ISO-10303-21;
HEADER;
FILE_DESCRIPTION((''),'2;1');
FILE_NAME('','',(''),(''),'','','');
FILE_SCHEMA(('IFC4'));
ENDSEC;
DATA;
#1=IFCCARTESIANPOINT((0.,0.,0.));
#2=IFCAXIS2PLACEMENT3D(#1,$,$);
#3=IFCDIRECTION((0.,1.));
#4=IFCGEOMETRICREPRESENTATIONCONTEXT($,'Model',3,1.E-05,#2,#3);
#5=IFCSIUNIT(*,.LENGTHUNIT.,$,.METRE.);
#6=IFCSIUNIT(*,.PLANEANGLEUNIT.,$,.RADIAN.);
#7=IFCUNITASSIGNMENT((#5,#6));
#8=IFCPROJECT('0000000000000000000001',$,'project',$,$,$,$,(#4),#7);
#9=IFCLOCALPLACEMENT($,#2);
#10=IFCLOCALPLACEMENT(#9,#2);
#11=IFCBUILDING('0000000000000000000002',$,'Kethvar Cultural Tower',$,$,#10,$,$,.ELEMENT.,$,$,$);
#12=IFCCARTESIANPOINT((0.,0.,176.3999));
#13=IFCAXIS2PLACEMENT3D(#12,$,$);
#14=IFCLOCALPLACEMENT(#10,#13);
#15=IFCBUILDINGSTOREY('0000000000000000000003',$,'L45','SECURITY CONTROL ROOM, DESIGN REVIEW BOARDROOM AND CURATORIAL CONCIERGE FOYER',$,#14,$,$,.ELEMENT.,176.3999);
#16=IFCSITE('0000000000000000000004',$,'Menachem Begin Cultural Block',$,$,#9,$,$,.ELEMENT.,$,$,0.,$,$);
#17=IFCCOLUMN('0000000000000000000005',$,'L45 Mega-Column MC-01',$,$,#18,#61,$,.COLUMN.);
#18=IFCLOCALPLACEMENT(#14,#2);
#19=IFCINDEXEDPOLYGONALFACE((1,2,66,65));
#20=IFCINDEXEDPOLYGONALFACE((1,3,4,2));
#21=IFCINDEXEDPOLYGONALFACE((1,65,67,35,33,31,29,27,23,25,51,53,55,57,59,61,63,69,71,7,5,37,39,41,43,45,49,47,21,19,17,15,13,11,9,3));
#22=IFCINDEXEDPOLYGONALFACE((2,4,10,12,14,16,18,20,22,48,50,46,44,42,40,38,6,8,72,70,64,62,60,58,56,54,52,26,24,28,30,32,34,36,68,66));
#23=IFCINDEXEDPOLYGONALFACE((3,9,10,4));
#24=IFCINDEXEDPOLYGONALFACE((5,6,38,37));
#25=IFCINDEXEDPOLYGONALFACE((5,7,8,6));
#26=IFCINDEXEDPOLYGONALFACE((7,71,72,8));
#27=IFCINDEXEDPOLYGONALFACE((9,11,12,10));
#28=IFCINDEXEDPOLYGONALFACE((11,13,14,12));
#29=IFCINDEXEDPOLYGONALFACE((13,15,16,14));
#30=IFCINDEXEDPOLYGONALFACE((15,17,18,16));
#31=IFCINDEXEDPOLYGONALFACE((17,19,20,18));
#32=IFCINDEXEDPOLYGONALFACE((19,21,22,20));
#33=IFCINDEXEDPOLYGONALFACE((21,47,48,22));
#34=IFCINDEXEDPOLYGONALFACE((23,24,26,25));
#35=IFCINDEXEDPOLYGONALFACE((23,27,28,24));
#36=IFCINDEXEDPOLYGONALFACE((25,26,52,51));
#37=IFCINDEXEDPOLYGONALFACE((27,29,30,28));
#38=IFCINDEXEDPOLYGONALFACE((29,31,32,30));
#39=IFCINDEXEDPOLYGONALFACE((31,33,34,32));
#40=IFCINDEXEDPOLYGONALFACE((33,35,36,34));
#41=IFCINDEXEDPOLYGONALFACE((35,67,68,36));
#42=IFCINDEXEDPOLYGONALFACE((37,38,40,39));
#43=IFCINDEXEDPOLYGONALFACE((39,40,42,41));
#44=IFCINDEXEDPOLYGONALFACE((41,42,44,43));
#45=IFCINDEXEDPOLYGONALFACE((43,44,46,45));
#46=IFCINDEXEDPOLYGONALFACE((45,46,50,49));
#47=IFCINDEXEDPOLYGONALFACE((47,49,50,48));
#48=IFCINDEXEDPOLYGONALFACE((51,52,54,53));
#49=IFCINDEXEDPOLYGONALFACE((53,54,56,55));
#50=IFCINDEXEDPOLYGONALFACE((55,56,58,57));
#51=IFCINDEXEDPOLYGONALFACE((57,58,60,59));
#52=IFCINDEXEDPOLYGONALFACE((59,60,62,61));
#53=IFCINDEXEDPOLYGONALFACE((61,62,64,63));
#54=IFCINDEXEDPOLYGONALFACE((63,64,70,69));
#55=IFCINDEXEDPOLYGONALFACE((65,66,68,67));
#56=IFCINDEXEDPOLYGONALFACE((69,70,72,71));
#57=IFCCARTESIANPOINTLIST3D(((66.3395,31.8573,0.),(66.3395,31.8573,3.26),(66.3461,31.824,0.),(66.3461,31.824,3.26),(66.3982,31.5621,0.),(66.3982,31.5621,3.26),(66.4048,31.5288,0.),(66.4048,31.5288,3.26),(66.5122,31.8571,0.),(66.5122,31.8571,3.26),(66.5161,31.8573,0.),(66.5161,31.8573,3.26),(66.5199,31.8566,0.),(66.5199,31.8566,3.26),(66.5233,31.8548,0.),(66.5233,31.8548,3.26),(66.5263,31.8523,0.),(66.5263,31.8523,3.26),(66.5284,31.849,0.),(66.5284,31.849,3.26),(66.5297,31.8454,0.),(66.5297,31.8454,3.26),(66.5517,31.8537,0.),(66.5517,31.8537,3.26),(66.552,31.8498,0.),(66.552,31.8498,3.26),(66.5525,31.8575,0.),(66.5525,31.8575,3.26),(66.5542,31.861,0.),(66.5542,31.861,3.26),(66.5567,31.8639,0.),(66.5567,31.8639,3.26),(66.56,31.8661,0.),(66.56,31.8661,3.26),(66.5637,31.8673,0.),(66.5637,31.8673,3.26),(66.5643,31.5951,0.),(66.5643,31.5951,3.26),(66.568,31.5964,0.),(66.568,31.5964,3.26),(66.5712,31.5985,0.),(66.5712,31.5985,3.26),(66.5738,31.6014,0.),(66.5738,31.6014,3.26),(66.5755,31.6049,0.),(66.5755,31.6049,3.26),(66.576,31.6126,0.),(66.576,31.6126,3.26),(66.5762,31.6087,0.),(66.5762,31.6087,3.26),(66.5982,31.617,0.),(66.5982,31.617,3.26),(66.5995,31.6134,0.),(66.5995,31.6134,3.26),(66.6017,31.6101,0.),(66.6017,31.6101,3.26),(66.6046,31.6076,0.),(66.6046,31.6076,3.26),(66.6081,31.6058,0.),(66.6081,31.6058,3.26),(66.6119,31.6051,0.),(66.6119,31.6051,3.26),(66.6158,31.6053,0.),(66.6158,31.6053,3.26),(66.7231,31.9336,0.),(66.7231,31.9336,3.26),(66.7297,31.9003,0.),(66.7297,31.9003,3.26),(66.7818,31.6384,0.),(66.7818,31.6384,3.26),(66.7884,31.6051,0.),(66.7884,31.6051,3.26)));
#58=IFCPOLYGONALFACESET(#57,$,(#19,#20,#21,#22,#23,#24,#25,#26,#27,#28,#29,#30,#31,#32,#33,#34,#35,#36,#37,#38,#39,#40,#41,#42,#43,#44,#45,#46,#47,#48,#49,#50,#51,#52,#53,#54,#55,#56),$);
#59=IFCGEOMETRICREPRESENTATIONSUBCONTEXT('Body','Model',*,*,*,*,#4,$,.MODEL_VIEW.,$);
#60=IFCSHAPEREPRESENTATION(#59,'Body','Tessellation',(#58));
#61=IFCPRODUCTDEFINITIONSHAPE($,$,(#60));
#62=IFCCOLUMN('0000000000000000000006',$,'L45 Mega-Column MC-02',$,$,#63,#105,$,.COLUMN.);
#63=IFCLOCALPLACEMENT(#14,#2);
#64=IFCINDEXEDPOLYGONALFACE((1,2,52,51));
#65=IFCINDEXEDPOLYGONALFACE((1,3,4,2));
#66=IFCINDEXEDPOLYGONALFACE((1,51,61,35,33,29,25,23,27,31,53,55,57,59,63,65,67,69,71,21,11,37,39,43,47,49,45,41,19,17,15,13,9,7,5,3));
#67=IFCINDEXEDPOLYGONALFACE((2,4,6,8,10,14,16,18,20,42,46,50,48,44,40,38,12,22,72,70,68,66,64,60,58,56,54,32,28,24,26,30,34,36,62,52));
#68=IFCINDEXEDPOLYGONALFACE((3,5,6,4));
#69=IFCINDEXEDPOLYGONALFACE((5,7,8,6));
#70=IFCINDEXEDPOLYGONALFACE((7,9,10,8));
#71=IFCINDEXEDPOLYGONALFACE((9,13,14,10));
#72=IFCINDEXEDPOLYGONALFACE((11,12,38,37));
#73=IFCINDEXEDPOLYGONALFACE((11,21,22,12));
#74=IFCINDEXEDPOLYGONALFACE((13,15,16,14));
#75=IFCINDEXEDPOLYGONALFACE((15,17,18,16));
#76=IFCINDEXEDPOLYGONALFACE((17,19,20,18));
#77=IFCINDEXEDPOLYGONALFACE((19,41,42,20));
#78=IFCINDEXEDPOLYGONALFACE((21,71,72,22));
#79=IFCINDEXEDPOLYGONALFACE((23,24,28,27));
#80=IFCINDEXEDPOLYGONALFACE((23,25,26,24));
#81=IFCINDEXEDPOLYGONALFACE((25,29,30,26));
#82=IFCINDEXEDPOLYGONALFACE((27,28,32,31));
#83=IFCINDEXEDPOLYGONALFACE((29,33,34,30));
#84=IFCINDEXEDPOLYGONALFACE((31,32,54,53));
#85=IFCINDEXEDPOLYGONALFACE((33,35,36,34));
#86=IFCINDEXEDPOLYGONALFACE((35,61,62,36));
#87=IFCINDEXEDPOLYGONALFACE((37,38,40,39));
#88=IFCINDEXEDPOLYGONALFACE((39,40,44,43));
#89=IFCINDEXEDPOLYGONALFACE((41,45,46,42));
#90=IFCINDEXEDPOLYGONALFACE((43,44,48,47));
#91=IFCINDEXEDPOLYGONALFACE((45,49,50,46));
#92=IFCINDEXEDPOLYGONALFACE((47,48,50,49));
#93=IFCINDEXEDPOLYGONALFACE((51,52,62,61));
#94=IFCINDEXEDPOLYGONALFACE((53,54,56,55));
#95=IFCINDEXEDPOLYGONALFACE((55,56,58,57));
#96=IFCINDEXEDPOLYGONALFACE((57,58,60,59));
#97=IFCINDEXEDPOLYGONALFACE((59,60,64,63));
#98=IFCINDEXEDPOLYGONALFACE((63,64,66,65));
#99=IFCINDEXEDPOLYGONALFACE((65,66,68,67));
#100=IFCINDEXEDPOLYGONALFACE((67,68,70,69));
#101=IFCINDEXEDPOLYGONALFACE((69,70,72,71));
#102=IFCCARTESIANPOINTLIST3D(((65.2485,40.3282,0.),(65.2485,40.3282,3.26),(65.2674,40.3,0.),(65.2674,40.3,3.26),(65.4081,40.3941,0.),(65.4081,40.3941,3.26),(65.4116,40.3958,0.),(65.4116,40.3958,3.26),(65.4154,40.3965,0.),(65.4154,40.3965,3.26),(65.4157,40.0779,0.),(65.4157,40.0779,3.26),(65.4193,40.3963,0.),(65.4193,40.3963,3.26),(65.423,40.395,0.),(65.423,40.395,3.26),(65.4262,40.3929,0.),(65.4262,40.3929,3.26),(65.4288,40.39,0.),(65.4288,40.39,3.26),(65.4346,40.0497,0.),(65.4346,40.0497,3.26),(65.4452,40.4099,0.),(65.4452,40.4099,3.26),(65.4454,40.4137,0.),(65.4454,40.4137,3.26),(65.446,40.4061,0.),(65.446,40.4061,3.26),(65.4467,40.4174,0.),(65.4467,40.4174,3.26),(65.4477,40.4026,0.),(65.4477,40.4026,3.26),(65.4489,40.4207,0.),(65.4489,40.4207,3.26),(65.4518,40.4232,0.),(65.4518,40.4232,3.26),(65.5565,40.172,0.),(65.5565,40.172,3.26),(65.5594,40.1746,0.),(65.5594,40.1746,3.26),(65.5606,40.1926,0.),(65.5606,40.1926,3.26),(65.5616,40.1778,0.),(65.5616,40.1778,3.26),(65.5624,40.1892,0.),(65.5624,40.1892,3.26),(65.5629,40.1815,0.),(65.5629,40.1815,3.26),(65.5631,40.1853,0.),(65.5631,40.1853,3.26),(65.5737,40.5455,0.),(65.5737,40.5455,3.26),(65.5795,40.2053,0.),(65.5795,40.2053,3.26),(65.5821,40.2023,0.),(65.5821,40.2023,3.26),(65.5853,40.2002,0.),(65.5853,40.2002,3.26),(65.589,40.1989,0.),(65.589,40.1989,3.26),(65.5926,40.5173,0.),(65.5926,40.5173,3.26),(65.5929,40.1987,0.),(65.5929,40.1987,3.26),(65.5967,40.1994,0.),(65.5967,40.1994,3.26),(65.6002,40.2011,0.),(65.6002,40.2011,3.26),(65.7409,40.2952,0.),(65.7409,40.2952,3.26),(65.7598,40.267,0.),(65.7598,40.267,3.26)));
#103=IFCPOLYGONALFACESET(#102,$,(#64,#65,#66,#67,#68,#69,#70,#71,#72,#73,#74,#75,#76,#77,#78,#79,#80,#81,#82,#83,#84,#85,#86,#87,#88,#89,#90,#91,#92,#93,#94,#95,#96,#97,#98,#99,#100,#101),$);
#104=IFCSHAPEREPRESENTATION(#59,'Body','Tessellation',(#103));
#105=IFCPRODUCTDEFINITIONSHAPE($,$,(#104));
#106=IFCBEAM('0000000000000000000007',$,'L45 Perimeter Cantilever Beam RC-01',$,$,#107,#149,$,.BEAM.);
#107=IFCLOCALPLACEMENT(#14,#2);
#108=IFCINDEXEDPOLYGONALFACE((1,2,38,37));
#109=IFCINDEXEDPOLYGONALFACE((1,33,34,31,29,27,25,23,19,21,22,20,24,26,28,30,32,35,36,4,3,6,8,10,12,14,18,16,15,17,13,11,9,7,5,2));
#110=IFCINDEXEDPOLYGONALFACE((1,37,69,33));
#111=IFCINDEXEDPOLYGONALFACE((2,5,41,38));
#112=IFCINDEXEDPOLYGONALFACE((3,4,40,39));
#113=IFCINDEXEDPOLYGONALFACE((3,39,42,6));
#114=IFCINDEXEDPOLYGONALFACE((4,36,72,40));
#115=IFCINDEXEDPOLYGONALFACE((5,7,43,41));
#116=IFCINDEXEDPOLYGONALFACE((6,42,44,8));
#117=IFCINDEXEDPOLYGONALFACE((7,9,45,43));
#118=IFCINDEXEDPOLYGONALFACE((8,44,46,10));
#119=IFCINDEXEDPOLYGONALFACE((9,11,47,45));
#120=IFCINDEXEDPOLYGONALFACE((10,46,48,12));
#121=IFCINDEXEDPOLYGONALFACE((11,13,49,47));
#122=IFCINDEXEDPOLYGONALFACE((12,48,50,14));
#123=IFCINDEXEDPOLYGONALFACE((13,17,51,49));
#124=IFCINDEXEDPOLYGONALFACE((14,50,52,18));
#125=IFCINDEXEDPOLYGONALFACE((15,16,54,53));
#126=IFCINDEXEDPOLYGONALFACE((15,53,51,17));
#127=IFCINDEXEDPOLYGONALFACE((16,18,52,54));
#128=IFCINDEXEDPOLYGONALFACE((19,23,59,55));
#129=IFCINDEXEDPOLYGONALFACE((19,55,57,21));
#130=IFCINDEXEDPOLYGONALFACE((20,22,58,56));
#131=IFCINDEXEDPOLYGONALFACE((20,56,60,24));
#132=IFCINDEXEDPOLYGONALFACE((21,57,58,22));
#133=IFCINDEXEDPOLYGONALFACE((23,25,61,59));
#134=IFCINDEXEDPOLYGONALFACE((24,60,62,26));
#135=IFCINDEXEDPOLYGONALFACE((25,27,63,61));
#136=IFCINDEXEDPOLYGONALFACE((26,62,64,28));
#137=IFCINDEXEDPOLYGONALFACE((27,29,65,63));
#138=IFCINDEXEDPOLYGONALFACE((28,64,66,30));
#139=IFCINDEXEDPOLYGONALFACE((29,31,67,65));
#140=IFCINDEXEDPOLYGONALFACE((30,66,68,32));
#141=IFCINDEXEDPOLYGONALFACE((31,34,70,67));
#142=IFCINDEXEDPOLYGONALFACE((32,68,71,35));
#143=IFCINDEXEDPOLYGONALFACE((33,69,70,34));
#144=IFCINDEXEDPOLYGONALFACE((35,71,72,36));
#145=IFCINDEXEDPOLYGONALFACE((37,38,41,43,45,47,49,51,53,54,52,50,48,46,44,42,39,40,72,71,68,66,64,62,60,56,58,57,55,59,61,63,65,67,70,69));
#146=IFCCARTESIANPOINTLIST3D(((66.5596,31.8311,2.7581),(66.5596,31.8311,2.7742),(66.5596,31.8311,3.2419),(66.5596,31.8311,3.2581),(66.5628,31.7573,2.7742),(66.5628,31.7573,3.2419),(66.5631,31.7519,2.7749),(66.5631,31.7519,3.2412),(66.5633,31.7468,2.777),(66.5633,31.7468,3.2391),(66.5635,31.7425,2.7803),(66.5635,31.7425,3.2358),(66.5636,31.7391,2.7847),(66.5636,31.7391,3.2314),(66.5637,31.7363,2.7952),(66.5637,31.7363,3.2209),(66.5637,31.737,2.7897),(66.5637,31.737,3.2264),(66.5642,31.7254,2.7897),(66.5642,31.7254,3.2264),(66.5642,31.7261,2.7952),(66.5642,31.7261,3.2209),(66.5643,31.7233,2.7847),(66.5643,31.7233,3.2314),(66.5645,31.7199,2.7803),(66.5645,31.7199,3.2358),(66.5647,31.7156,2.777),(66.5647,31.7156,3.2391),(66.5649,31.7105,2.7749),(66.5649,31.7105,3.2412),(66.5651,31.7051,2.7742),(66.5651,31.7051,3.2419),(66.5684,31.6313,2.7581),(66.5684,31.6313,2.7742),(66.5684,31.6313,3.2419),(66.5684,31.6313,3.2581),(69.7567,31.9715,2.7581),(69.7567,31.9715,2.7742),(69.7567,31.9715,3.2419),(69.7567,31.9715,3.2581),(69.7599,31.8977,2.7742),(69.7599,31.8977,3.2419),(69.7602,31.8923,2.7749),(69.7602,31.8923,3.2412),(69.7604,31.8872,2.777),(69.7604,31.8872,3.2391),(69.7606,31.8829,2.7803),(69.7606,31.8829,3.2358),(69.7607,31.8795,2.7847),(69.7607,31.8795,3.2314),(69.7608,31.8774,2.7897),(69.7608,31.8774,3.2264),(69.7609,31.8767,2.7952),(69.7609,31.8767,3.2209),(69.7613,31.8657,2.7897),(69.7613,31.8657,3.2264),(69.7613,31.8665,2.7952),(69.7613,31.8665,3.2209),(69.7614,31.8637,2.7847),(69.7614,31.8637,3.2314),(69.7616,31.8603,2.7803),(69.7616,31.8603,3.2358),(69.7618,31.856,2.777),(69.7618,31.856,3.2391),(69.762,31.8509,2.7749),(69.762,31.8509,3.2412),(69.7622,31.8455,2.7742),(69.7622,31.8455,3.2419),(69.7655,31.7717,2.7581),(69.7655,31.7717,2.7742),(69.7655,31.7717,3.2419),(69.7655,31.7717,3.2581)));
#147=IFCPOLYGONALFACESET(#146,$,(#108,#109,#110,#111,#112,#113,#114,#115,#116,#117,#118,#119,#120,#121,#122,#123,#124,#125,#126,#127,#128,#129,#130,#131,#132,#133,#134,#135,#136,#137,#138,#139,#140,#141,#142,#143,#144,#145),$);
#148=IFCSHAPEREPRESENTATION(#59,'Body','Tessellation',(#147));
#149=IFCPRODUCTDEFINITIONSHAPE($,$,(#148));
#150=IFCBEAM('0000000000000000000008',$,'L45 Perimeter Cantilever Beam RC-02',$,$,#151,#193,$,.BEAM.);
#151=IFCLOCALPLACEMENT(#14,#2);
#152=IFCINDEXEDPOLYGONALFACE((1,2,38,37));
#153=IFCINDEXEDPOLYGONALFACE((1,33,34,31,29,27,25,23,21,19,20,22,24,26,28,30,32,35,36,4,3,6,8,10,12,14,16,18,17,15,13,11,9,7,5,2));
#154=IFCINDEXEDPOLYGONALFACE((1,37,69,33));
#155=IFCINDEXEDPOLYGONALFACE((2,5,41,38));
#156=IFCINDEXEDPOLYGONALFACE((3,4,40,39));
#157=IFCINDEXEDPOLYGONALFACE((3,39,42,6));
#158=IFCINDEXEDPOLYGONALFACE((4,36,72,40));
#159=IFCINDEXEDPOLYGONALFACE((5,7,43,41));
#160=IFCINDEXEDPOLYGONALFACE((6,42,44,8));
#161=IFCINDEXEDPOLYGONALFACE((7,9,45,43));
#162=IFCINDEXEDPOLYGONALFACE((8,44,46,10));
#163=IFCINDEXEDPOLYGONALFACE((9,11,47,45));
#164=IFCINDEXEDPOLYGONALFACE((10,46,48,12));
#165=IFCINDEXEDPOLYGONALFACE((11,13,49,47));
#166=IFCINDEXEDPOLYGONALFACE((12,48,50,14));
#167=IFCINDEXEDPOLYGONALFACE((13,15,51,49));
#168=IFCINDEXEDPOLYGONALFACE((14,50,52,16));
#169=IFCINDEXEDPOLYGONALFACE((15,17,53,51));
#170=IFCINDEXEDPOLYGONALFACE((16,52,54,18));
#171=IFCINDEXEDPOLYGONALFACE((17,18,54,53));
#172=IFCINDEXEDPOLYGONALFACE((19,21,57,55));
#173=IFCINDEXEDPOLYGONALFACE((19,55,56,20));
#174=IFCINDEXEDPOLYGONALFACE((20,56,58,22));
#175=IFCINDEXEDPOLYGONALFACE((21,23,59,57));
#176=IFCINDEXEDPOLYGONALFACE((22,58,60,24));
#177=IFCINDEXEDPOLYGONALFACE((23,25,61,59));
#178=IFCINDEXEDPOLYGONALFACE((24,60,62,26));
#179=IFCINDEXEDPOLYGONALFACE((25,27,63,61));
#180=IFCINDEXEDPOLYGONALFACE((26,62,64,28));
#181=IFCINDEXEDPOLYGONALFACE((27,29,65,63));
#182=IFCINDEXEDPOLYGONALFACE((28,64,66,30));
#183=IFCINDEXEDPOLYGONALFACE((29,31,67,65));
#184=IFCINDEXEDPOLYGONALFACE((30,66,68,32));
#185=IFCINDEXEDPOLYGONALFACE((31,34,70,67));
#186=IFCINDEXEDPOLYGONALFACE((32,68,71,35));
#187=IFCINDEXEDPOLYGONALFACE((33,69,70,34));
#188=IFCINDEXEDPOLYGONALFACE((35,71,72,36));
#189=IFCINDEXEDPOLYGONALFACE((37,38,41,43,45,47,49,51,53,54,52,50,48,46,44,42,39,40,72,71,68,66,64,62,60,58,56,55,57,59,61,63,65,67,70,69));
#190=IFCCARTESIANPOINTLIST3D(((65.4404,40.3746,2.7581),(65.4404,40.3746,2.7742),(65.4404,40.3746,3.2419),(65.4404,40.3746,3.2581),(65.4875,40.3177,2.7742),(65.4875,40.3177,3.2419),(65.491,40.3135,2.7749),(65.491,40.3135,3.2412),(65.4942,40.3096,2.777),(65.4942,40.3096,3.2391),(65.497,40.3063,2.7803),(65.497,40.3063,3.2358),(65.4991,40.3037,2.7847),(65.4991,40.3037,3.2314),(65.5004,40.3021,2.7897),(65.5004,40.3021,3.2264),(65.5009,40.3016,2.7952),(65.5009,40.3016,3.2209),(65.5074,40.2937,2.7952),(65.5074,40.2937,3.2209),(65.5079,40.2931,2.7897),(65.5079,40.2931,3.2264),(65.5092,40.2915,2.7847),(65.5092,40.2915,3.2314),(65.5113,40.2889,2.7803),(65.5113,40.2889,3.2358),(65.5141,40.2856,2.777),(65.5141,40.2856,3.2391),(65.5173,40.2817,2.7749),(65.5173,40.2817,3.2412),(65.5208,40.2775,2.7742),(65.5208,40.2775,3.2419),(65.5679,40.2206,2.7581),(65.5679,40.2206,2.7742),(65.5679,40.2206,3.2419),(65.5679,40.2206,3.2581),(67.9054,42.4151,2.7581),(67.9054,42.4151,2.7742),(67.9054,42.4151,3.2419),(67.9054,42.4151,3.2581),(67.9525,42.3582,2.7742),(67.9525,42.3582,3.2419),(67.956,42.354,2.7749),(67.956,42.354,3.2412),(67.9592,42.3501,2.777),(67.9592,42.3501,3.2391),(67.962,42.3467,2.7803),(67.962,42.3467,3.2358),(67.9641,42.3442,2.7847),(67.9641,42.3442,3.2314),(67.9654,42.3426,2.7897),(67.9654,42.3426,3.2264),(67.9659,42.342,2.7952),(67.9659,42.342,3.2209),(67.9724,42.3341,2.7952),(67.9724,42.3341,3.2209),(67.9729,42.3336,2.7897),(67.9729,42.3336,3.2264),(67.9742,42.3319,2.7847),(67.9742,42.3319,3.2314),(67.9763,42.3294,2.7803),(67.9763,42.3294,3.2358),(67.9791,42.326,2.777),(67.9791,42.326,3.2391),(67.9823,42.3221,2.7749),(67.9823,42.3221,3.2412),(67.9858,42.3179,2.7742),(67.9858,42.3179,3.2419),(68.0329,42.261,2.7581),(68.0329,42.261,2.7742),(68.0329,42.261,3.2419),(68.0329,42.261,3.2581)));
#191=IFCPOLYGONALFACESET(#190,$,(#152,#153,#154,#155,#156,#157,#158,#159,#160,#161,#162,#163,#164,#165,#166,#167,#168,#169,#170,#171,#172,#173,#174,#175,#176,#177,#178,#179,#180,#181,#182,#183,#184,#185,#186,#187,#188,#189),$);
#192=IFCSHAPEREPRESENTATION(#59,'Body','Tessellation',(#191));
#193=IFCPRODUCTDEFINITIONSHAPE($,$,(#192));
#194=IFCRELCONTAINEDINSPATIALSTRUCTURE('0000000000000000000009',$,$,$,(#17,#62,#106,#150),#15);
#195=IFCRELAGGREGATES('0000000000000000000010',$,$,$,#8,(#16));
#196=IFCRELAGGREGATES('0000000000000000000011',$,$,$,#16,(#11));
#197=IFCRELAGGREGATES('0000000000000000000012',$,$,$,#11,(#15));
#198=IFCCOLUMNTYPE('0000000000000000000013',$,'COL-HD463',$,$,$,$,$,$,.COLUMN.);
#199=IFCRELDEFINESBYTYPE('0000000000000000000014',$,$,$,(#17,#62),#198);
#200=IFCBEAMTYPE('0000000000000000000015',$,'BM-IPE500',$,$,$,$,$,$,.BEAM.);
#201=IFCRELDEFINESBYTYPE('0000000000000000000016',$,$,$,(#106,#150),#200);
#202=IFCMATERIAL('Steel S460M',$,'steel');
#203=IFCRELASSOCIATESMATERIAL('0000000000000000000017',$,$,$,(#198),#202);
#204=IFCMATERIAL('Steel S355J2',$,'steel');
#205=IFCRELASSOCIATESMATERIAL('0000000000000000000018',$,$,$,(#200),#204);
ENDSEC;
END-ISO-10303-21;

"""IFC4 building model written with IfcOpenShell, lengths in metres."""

from ifc_helpers import new_model, si_unit, direction, frame, origin, origin_2d, place, context, subcontext, project, spatial, i_section, extrude, source, transform, mapped, material, material_profile, profile_set, type_object, element, save


model = new_model("IFC4")

# Units and contexts
model_context = context("Model", 3, precision=1e-05, world=origin(), true_north=direction((0.0, 1.0)))
body_context = subcontext(model_context, "Body", "Model", "MODEL_VIEW")
ifc_project = project(units=[si_unit("LENGTHUNIT", "METRE"), si_unit("PLANEANGLEUNIT", "RADIAN")], contexts=[model_context])

# Site, building, storey
site_placement = place(None, origin())
site = spatial("IfcSite", under=ifc_project, at=site_placement, Name="Menachem Begin Cultural Block", CompositionType="ELEMENT", RefElevation=0.0)
building_placement = place(site_placement, origin())
building = spatial("IfcBuilding", under=site, at=building_placement, Name="Kethvar Cultural Tower", CompositionType="ELEMENT")
storey_placement = place(building_placement, frame((0.0, 0.0, 176.3999)))
storey = spatial("IfcBuildingStorey", under=building, at=storey_placement, Name="L45", Description="SECURITY CONTROL ROOM, DESIGN REVIEW BOARDROOM AND CURATORIAL CONCIERGE FOYER", CompositionType="ELEMENT", Elevation=176.3999)

# Columns
ifc_material_1 = material(Name="Steel S460M", Category="steel")
ifc_material_profile_1 = material_profile(ifc_material_1, i_section(OverallWidth=0.3911, OverallDepth=0.335, WebThickness=0.0227, FlangeThickness=0.0339, FilletRadius=0.0149, at=origin_2d()), Name="Steel S460M — HD400x463")
ifc_profile_set_1 = profile_set([ifc_material_profile_1], Name="Steel S460M — HD400x463")
column_type = type_object("IfcColumnType", Name="COL-HD463", PredefinedType="COLUMN", material=ifc_profile_set_1)
shared_shape_1 = source(origin(), body_context, "Body", "SweptSolid", [
    extrude(i_section(OverallWidth=0.3911, OverallDepth=0.335, WebThickness=0.0227, FlangeThickness=0.0339, FilletRadius=0.0149, at=origin_2d()), origin(), (0.0, 0.0, 1.0), 3.26),
])
for number, where, z_axis, x_axis, name in (
    (1, (66.564, 31.7312, 0.0), (0.0, 0.0, 1.0), (0.980785, 0.19509, 0.0), "L45 Mega-Column MC-01"),
    (2, (65.5042, 40.2976, 0.0), (0.0, 0.0, 1.0), (0.83147, 0.55557, 0.0), "L45 Mega-Column MC-02"),
):
    element("IfcColumn", number, at=place(storey_placement, frame(where, z_axis=z_axis, x_axis=x_axis)), inside=storey, type_object=column_type, Name=name, PredefinedType="COLUMN", context=body_context, shape_type="MappedRepresentation", body=[
        mapped(shared_shape_1, transform((0.0, 0.0, 0.0), scale=1.0)),
    ])

# Beams
ifc_material_2 = material(Name="Steel S355J2", Category="steel")
ifc_material_profile_2 = material_profile(ifc_material_2, i_section(OverallWidth=0.2, OverallDepth=0.5, WebThickness=0.0103, FlangeThickness=0.0161, FilletRadius=0.021, at=origin_2d()), Name="Steel S355J2 — IPE500")
ifc_profile_set_2 = profile_set([ifc_material_profile_2], Name="Steel S355J2 — IPE500")
beam_type_1 = type_object("IfcBeamType", Name="BM-IPE500", PredefinedType="BEAM", material=ifc_profile_set_2)
shared_shape_2 = source(origin(), body_context, "Body", "SweptSolid", [
    extrude(i_section(OverallWidth=0.2, OverallDepth=0.5, WebThickness=0.0103, FlangeThickness=0.0161, FilletRadius=0.021, at=origin_2d()), origin(), (0.0, 0.0, 1.0), 3.2002),
])
beam_1_placement = place(storey_placement, frame((66.564, 31.7312, 3.0081), z_axis=(0.999037, 0.043868, 0.0), x_axis=(-0.043868, 0.999037, 0.0)))
element("IfcBeam", 3, at=beam_1_placement, inside=storey, type_object=beam_type_1, Name="L45 Perimeter Cantilever Beam RC-01", PredefinedType="BEAM", context=body_context, shape_type="MappedRepresentation", body=[
    mapped(shared_shape_2, transform((0.0, 0.0, 0.0), scale=1.0)),
])
shared_shape_3 = source(origin(), body_context, "Body", "SweptSolid", [
    extrude(i_section(OverallWidth=0.2, OverallDepth=0.5, WebThickness=0.0103, FlangeThickness=0.0161, FilletRadius=0.021, at=origin_2d()), origin(), (0.0, 0.0, 1.0), 3.2),
])
beam_2_placement = place(storey_placement, frame((65.5042, 40.2976, 3.0081), z_axis=(0.770325, 0.637652, 0.0), x_axis=(-0.637652, 0.770325, 0.0)))
element("IfcBeam", 4, at=beam_2_placement, inside=storey, type_object=beam_type_1, Name="L45 Perimeter Cantilever Beam RC-02", PredefinedType="BEAM", context=body_context, shape_type="MappedRepresentation", body=[
    mapped(shared_shape_3, transform((0.0, 0.0, 0.0), scale=1.0)),
])

save(model, "model.ifc")
